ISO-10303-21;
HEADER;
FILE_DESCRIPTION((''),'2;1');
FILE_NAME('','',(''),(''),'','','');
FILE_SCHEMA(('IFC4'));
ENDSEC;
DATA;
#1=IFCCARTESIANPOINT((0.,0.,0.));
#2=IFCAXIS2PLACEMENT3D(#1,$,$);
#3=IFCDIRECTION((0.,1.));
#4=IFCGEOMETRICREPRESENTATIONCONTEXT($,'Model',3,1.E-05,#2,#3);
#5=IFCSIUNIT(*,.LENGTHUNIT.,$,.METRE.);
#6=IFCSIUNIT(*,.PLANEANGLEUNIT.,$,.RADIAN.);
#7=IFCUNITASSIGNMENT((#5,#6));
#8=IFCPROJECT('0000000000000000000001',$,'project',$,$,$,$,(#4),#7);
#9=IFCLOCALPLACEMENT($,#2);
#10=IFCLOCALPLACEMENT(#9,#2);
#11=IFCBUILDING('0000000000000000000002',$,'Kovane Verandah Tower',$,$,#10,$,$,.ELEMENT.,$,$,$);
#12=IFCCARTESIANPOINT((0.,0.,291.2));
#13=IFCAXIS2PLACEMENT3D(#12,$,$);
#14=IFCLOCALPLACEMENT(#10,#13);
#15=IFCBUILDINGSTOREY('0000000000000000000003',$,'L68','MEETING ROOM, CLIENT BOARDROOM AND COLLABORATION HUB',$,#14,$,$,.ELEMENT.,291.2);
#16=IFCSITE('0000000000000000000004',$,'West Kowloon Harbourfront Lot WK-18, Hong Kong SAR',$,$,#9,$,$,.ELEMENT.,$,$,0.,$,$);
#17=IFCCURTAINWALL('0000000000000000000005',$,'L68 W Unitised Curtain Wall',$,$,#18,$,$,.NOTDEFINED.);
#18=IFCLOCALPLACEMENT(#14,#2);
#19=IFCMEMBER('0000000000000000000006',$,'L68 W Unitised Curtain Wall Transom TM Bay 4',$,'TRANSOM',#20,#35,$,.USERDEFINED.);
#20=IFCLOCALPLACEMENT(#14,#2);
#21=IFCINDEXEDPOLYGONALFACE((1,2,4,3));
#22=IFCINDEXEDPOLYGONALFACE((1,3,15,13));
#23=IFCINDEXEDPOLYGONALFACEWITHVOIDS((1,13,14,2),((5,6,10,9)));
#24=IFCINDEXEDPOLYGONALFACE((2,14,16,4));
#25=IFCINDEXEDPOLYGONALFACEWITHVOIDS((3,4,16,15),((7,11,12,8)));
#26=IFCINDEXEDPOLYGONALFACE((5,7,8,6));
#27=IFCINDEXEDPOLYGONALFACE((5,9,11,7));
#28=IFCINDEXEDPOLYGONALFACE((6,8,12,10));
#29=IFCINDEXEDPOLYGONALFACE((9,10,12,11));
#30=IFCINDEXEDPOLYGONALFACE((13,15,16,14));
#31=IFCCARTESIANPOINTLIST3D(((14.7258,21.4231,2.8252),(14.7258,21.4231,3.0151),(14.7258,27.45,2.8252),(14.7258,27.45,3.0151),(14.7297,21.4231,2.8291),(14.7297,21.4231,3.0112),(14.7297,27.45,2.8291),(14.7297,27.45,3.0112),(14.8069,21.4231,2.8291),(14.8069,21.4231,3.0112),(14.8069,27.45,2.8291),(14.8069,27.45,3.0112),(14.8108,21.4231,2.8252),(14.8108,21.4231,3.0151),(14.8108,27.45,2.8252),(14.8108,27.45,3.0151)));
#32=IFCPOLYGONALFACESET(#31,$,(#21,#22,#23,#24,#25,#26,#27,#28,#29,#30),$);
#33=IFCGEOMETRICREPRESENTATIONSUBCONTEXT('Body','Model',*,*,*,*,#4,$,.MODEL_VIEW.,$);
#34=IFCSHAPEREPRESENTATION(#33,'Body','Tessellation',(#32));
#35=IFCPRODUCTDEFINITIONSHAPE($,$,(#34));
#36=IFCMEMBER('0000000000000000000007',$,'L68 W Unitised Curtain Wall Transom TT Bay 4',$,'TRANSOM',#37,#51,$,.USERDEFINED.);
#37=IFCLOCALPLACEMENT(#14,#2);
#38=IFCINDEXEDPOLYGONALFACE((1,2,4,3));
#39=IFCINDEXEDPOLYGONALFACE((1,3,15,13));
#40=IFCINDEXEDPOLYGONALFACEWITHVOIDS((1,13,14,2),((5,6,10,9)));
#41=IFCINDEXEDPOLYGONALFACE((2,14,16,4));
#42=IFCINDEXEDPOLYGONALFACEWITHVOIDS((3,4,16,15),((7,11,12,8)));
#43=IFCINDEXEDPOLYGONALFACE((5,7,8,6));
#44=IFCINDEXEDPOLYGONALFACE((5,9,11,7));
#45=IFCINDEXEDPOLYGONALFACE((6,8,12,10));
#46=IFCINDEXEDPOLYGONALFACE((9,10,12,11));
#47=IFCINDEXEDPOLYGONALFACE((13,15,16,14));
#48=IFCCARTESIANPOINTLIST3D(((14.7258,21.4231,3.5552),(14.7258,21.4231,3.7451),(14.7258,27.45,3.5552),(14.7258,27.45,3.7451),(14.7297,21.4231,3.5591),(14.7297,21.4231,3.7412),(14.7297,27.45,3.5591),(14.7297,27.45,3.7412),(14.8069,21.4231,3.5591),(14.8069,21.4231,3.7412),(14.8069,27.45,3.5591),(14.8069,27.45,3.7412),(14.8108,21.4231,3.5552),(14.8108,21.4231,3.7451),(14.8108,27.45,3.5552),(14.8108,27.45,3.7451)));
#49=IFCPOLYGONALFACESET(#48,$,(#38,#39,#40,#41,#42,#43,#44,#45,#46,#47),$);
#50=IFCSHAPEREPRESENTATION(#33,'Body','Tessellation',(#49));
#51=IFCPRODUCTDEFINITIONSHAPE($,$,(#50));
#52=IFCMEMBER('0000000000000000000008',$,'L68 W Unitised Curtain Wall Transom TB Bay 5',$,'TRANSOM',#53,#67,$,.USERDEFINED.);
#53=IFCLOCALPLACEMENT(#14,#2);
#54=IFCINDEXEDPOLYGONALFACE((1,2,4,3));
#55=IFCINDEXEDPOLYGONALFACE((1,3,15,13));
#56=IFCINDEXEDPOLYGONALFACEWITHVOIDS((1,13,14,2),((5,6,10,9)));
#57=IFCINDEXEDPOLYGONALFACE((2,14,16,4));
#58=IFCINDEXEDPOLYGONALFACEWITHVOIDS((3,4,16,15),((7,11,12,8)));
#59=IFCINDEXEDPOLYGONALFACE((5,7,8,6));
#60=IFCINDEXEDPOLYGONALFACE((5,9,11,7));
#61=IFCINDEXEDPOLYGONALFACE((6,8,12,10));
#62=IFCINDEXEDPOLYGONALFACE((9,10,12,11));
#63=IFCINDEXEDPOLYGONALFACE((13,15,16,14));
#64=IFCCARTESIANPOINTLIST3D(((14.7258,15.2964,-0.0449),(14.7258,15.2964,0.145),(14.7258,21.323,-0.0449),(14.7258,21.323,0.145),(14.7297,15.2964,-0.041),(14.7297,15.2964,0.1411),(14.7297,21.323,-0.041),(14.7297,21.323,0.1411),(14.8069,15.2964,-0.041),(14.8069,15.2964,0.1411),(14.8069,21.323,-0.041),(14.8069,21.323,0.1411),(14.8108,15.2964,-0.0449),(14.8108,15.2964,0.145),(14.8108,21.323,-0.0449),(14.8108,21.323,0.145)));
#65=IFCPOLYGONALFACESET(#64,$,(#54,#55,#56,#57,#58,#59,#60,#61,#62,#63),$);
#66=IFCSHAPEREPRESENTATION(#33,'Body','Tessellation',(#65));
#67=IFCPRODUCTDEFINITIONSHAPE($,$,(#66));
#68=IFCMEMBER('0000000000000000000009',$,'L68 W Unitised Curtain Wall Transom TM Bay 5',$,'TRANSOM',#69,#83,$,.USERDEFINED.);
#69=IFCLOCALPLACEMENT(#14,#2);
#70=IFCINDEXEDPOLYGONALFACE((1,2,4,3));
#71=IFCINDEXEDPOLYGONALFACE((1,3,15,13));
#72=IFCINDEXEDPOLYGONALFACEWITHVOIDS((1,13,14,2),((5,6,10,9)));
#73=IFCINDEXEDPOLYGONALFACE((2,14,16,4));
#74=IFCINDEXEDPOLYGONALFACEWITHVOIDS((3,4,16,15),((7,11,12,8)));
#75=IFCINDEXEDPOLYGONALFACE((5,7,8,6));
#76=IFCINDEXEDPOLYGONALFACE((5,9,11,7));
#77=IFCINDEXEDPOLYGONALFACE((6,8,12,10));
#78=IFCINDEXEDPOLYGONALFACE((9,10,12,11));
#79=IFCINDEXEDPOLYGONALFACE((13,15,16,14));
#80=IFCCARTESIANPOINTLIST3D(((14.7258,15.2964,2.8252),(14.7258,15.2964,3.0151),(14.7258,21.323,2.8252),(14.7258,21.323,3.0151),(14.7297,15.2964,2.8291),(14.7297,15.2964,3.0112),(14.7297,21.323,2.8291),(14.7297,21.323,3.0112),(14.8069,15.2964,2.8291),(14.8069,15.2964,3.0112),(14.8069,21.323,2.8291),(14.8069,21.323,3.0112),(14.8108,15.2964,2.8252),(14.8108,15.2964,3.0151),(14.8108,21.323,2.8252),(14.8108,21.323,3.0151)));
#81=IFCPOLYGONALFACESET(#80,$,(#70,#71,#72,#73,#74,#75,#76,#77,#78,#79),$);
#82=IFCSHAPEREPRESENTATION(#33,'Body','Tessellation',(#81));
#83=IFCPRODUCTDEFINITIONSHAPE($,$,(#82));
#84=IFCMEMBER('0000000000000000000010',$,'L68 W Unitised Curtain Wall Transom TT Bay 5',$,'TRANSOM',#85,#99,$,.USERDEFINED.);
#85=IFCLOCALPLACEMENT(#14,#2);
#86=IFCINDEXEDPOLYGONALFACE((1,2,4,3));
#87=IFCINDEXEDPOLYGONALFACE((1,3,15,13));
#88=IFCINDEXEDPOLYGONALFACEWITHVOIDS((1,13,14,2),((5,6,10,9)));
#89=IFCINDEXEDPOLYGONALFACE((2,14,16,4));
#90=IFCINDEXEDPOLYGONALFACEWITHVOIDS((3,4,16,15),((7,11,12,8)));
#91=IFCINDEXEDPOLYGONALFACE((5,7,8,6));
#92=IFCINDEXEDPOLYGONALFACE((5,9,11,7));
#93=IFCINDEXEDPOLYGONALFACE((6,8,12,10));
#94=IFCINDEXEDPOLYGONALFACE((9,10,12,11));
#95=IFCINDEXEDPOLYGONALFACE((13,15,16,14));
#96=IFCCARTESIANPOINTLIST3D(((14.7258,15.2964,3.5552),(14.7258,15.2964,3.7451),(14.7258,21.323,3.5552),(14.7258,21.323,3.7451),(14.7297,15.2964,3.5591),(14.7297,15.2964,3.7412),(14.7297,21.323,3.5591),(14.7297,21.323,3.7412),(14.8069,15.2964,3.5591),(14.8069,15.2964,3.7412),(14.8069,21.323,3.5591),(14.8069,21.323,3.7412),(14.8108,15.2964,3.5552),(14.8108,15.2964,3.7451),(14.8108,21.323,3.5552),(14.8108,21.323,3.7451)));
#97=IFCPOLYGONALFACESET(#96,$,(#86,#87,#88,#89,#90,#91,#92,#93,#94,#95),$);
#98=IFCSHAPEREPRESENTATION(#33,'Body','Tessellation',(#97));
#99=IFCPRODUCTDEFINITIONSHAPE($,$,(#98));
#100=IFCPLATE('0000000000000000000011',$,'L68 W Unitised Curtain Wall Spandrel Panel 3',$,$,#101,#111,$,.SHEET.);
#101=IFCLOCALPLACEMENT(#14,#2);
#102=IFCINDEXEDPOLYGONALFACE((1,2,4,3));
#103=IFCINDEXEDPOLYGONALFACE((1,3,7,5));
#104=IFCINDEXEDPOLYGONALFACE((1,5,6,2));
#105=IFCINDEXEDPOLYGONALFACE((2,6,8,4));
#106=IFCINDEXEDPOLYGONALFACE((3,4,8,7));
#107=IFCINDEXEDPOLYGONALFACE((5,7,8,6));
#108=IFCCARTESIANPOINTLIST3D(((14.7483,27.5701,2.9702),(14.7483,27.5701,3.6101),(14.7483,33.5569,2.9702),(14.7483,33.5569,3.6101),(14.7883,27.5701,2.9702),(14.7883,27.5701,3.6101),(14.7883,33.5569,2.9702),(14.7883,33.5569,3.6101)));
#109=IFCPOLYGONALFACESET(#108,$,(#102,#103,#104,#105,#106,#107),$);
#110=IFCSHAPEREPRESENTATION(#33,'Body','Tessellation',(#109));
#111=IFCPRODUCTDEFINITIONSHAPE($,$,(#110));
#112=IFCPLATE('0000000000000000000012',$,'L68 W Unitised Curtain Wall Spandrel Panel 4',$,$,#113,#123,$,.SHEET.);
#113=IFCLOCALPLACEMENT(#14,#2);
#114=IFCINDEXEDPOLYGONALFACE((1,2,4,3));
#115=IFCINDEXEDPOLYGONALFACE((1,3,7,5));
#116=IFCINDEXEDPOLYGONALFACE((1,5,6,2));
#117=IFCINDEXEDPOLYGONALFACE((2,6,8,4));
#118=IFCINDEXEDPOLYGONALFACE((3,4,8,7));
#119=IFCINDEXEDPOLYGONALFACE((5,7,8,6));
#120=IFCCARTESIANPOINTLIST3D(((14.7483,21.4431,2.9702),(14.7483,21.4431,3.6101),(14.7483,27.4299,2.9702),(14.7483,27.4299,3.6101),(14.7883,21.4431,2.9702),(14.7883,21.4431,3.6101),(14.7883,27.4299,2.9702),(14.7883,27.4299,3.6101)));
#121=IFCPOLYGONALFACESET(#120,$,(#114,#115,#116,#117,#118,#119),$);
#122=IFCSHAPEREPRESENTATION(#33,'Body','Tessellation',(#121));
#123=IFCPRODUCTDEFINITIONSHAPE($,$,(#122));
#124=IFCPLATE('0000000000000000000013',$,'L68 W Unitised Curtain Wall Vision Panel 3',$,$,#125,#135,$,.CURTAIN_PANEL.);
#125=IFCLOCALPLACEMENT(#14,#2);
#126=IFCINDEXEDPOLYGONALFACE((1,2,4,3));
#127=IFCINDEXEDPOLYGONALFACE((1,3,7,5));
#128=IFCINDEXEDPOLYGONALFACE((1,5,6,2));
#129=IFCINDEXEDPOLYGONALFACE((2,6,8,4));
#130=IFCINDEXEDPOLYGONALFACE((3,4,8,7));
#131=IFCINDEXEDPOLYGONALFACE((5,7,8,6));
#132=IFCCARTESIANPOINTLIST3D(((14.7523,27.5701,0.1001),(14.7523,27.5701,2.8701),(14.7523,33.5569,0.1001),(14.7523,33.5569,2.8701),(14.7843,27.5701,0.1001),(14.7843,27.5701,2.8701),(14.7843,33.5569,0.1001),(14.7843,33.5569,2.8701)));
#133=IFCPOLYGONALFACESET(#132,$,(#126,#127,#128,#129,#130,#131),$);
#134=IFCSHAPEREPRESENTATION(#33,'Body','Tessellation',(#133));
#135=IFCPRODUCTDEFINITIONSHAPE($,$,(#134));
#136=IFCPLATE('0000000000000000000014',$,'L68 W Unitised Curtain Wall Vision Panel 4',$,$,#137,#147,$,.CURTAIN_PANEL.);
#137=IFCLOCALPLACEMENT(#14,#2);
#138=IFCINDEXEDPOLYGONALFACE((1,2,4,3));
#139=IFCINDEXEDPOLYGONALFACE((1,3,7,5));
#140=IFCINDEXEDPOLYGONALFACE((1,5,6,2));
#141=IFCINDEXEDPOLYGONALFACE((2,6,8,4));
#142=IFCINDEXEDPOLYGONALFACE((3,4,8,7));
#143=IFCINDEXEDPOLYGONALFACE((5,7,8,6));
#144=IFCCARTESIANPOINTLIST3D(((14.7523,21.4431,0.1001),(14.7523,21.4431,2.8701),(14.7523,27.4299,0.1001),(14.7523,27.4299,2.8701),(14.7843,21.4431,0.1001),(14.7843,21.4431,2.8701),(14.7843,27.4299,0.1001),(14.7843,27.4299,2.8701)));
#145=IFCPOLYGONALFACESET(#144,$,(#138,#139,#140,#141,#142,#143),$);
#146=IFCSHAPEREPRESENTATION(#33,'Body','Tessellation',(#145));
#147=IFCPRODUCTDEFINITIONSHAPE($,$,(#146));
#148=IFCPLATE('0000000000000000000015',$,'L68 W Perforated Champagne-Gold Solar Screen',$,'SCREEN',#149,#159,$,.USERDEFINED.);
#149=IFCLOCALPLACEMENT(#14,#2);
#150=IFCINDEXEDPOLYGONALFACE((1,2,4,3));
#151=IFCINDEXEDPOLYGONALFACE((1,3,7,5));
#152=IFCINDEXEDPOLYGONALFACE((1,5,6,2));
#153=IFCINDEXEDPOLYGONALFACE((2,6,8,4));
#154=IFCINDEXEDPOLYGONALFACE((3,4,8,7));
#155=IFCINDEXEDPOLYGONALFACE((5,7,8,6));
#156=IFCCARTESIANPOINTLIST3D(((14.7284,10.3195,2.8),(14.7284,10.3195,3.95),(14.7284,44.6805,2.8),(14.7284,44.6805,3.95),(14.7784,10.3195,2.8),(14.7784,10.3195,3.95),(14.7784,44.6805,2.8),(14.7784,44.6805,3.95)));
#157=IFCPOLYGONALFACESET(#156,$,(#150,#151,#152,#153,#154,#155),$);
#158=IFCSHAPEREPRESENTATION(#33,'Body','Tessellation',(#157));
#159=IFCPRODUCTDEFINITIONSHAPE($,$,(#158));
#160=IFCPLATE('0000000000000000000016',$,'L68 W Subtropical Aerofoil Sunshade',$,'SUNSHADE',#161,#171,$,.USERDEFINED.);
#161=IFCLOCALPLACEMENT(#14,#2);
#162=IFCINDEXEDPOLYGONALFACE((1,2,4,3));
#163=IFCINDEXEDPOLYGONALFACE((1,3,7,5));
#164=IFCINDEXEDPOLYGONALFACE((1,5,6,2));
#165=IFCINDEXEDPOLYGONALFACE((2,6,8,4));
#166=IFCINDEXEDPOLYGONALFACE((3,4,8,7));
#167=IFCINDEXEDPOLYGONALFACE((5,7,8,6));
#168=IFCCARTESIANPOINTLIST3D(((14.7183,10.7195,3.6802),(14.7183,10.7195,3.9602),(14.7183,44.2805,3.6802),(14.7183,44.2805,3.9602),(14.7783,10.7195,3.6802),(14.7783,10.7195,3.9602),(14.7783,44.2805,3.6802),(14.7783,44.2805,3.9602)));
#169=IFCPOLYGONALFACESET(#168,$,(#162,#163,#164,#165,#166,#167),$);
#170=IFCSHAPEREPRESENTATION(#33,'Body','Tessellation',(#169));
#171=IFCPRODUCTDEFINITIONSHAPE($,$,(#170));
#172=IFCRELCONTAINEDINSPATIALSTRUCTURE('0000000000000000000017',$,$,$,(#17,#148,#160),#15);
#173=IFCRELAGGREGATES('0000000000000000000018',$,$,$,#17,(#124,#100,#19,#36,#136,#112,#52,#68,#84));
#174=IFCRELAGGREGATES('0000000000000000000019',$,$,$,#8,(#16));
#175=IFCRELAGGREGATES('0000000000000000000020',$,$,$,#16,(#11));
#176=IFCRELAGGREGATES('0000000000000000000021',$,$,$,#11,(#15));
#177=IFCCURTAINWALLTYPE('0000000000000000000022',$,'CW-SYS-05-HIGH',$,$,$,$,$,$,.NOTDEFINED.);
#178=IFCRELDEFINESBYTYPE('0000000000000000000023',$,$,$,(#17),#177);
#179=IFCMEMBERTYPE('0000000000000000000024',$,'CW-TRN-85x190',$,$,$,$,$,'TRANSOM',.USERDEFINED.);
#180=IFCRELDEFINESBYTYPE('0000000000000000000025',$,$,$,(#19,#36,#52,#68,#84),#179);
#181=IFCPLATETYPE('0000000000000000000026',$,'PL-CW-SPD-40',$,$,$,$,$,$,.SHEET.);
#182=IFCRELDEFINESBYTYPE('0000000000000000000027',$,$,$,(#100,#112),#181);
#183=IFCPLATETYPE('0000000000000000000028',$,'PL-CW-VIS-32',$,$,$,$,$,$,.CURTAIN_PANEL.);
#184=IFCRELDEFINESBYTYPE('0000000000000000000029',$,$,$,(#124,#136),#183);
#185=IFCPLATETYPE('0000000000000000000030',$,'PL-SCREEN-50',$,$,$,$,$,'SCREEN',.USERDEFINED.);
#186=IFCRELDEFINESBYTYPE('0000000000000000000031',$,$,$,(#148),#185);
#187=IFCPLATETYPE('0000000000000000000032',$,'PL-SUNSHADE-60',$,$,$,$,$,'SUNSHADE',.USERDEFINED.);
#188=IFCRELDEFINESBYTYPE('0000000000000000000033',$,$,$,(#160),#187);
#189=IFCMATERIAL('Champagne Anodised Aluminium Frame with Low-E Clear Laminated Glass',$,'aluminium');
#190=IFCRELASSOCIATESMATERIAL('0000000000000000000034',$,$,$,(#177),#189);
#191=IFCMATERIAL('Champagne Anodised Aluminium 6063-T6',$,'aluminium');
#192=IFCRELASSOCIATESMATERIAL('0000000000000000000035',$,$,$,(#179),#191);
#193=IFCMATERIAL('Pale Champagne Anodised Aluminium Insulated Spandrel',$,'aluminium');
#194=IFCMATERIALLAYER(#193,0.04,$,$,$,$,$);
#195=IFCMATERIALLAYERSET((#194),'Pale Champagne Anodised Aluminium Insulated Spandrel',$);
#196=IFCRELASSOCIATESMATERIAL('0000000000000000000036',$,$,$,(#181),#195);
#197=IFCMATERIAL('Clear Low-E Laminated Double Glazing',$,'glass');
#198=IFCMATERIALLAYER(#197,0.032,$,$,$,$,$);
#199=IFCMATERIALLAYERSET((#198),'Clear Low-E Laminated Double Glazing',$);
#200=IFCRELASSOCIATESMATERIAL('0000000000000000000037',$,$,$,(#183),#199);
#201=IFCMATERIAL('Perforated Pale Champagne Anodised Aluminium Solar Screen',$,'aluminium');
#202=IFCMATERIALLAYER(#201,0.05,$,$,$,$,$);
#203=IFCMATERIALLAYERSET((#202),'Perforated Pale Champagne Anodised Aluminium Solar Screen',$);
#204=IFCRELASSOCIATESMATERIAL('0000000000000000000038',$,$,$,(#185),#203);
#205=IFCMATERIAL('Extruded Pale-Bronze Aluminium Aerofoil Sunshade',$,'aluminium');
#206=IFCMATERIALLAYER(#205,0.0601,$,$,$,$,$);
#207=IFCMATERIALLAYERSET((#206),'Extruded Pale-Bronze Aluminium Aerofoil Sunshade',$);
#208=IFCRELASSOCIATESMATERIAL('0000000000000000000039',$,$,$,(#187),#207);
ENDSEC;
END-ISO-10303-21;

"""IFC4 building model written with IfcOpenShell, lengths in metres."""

from ifc_helpers import new_model, si_unit, direction, frame, origin, origin_2d, place, context, subcontext, project, spatial, rectangle, hollow_rectangle, extrude, material, layer, layer_set, material_profile, profile_set, type_object, element, aggregate, save


model = new_model("IFC4")

# Units and contexts
model_context = context("Model", 3, precision=1e-05, world=origin(), true_north=direction((0.0, 1.0)))
body_context = subcontext(model_context, "Body", "Model", "MODEL_VIEW")
ifc_project = project(units=[si_unit("LENGTHUNIT", "METRE"), si_unit("PLANEANGLEUNIT", "RADIAN")], contexts=[model_context])

# Site, building, storey
site_placement = place(None, origin())
site = spatial("IfcSite", under=ifc_project, at=site_placement, Name="West Kowloon Harbourfront Lot WK-18, Hong Kong SAR", CompositionType="ELEMENT", RefElevation=0.0)
building_placement = place(site_placement, origin())
building = spatial("IfcBuilding", under=site, at=building_placement, Name="Kovane Verandah Tower", CompositionType="ELEMENT")
storey_placement = place(building_placement, frame((0.0, 0.0, 291.2)))
storey = spatial("IfcBuildingStorey", under=building, at=storey_placement, Name="L68", Description="MEETING ROOM, CLIENT BOARDROOM AND COLLABORATION HUB", CompositionType="ELEMENT", Elevation=291.2)

# Curtain wall, members, plates
ifc_material_1 = material(Name="Champagne Anodised Aluminium Frame with Low-E Clear Laminated Glass", Category="aluminium")
curtain_wall_type = type_object("IfcCurtainWallType", Name="CW-SYS-05-HIGH", PredefinedType="NOTDEFINED", material=ifc_material_1)
curtain_wall_placement = place(storey_placement, origin())
curtain_wall = element("IfcCurtainWall", 1, at=curtain_wall_placement, inside=storey, type_object=curtain_wall_type, Name="L68 W Unitised Curtain Wall", PredefinedType="NOTDEFINED")
ifc_material_2 = material(Name="Champagne Anodised Aluminium 6063-T6", Category="aluminium")
ifc_material_profile_1 = material_profile(ifc_material_2, hollow_rectangle(XDim=0.085, YDim=0.1899, WallThickness=0.0039, at=origin_2d()), Name="AL85x190x4")
ifc_profile_set_1 = profile_set([ifc_material_profile_1], Name="Champagne Anodised Aluminium 6063-T6")
member_type_1 = type_object("IfcMemberType", Name="CW-TRN-85x190", ElementType="TRANSOM", PredefinedType="USERDEFINED", material=ifc_profile_set_1)
member_1_placement = place(storey_placement, frame((14.7683, 27.45, 2.9202), z_axis=(0.0, -1.0, 0.0), x_axis=(1.0, 0.0, 0.0)))
member_1 = element("IfcMember", 2, at=member_1_placement, type_object=member_type_1, Name="L68 W Unitised Curtain Wall Transom TM Bay 4", ObjectType="TRANSOM", PredefinedType="USERDEFINED", context=body_context, shape_type="SweptSolid", body=[
    extrude(hollow_rectangle(XDim=0.085, YDim=0.1899, WallThickness=0.0039, at=origin_2d()), origin(), (0.0, 0.0, 1.0), 6.0269),
])
member_2_placement = place(storey_placement, frame((14.7683, 27.45, 3.6501), z_axis=(0.0, -1.0, 0.0), x_axis=(1.0, 0.0, 0.0)))
member_2 = element("IfcMember", 3, at=member_2_placement, type_object=member_type_1, Name="L68 W Unitised Curtain Wall Transom TT Bay 4", ObjectType="TRANSOM", PredefinedType="USERDEFINED", context=body_context, shape_type="SweptSolid", body=[
    extrude(hollow_rectangle(XDim=0.085, YDim=0.1899, WallThickness=0.0039, at=origin_2d()), origin(), (0.0, 0.0, 1.0), 6.0269),
])
member_3_placement = place(storey_placement, frame((14.7683, 21.323, 0.05), z_axis=(0.0, -1.0, 0.0), x_axis=(1.0, 0.0, 0.0)))
member_3 = element("IfcMember", 4, at=member_3_placement, type_object=member_type_1, Name="L68 W Unitised Curtain Wall Transom TB Bay 5", ObjectType="TRANSOM", PredefinedType="USERDEFINED", context=body_context, shape_type="SweptSolid", body=[
    extrude(hollow_rectangle(XDim=0.085, YDim=0.1899, WallThickness=0.0039, at=origin_2d()), origin(), (0.0, 0.0, 1.0), 6.0266),
])
member_4_placement = place(storey_placement, frame((14.7683, 21.323, 2.9202), z_axis=(0.0, -1.0, 0.0), x_axis=(1.0, 0.0, 0.0)))
member_4 = element("IfcMember", 5, at=member_4_placement, type_object=member_type_1, Name="L68 W Unitised Curtain Wall Transom TM Bay 5", ObjectType="TRANSOM", PredefinedType="USERDEFINED", context=body_context, shape_type="SweptSolid", body=[
    extrude(hollow_rectangle(XDim=0.085, YDim=0.1899, WallThickness=0.0039, at=origin_2d()), origin(), (0.0, 0.0, 1.0), 6.0266),
])
member_5_placement = place(storey_placement, frame((14.7683, 21.323, 3.6501), z_axis=(0.0, -1.0, 0.0), x_axis=(1.0, 0.0, 0.0)))
member_5 = element("IfcMember", 6, at=member_5_placement, type_object=member_type_1, Name="L68 W Unitised Curtain Wall Transom TT Bay 5", ObjectType="TRANSOM", PredefinedType="USERDEFINED", context=body_context, shape_type="SweptSolid", body=[
    extrude(hollow_rectangle(XDim=0.085, YDim=0.1899, WallThickness=0.0039, at=origin_2d()), origin(), (0.0, 0.0, 1.0), 6.0266),
])
ifc_material_3 = material(Name="Pale Champagne Anodised Aluminium Insulated Spandrel", Category="aluminium")
ifc_layer_1 = layer(ifc_material_3, 0.04)
ifc_layer_set_1 = layer_set([ifc_layer_1], Name="Pale Champagne Anodised Aluminium Insulated Spandrel")
plate_type_1 = type_object("IfcPlateType", Name="PL-CW-SPD-40", PredefinedType="SHEET", material=ifc_layer_set_1)
plate_1_placement = place(storey_placement, frame((14.7683, 30.5635, 2.9702), z_axis=(0.0, 0.0, 1.0), x_axis=(0.0, -1.0, 0.0)))
plate_1 = element("IfcPlate", 7, at=plate_1_placement, type_object=plate_type_1, Name="L68 W Unitised Curtain Wall Spandrel Panel 3", PredefinedType="SHEET", context=body_context, shape_type="SweptSolid", body=[
    extrude(rectangle(XDim=5.9868, YDim=0.04, at=origin_2d()), origin(), (0.0, 0.0, 1.0), 0.6399),
])
plate_2_placement = place(storey_placement, frame((14.7683, 24.4365, 2.9702), z_axis=(0.0, 0.0, 1.0), x_axis=(0.0, -1.0, 0.0)))
plate_2 = element("IfcPlate", 8, at=plate_2_placement, type_object=plate_type_1, Name="L68 W Unitised Curtain Wall Spandrel Panel 4", PredefinedType="SHEET", context=body_context, shape_type="SweptSolid", body=[
    extrude(rectangle(XDim=5.9868, YDim=0.04, at=origin_2d()), origin(), (0.0, 0.0, 1.0), 0.6399),
])
ifc_material_4 = material(Name="Clear Low-E Laminated Double Glazing", Category="glass")
ifc_layer_2 = layer(ifc_material_4, 0.032)
ifc_layer_set_2 = layer_set([ifc_layer_2], Name="Clear Low-E Laminated Double Glazing")
plate_type_2 = type_object("IfcPlateType", Name="PL-CW-VIS-32", PredefinedType="CURTAIN_PANEL", material=ifc_layer_set_2)
plate_3_placement = place(storey_placement, frame((14.7683, 30.5635, 0.1001), z_axis=(0.0, 0.0, 1.0), x_axis=(0.0, -1.0, 0.0)))
plate_3 = element("IfcPlate", 9, at=plate_3_placement, type_object=plate_type_2, Name="L68 W Unitised Curtain Wall Vision Panel 3", PredefinedType="CURTAIN_PANEL", context=body_context, shape_type="SweptSolid", body=[
    extrude(rectangle(XDim=5.9868, YDim=0.032, at=origin_2d()), origin(), (0.0, 0.0, 1.0), 2.77),
])
plate_4_placement = place(storey_placement, frame((14.7683, 24.4365, 0.1001), z_axis=(0.0, 0.0, 1.0), x_axis=(0.0, -1.0, 0.0)))
plate_4 = element("IfcPlate", 10, at=plate_4_placement, type_object=plate_type_2, Name="L68 W Unitised Curtain Wall Vision Panel 4", PredefinedType="CURTAIN_PANEL", context=body_context, shape_type="SweptSolid", body=[
    extrude(rectangle(XDim=5.9868, YDim=0.032, at=origin_2d()), origin(), (0.0, 0.0, 1.0), 2.77),
])
aggregate(curtain_wall, [plate_3, plate_1, member_1, member_2, plate_4, plate_2, member_3, member_4, member_5])

# Plates
ifc_material_5 = material(Name="Perforated Pale Champagne Anodised Aluminium Solar Screen", Category="aluminium")
ifc_layer_3 = layer(ifc_material_5, 0.05)
ifc_layer_set_3 = layer_set([ifc_layer_3], Name="Perforated Pale Champagne Anodised Aluminium Solar Screen")
plate_type_3 = type_object("IfcPlateType", Name="PL-SCREEN-50", ElementType="SCREEN", PredefinedType="USERDEFINED", material=ifc_layer_set_3)
plate_5_placement = place(storey_placement, frame((14.7534, 27.5, 2.8), z_axis=(0.0, 0.0, 1.0), x_axis=(0.0, -1.0, 0.0)))
element("IfcPlate", 11, at=plate_5_placement, inside=storey, type_object=plate_type_3, Name="L68 W Perforated Champagne-Gold Solar Screen", ObjectType="SCREEN", PredefinedType="USERDEFINED", context=body_context, shape_type="SweptSolid", body=[
    extrude(rectangle(XDim=34.3611, YDim=0.05, at=origin_2d()), origin(), (0.0, 0.0, 1.0), 1.1499),
])
ifc_material_6 = material(Name="Extruded Pale-Bronze Aluminium Aerofoil Sunshade", Category="aluminium")
ifc_layer_4 = layer(ifc_material_6, 0.0601)
ifc_layer_set_4 = layer_set([ifc_layer_4], Name="Extruded Pale-Bronze Aluminium Aerofoil Sunshade")
plate_type_4 = type_object("IfcPlateType", Name="PL-SUNSHADE-60", ElementType="SUNSHADE", PredefinedType="USERDEFINED", material=ifc_layer_set_4)
plate_6_placement = place(storey_placement, frame((14.7483, 27.5, 3.6802), z_axis=(0.0, 0.0, 1.0), x_axis=(0.0, -1.0, 0.0)))
element("IfcPlate", 12, at=plate_6_placement, inside=storey, type_object=plate_type_4, Name="L68 W Subtropical Aerofoil Sunshade", ObjectType="SUNSHADE", PredefinedType="USERDEFINED", context=body_context, shape_type="SweptSolid", body=[
    extrude(rectangle(XDim=33.561, YDim=0.0601, at=origin_2d()), origin(), (0.0, 0.0, 1.0), 0.28),
])

save(model, "model.ifc")
